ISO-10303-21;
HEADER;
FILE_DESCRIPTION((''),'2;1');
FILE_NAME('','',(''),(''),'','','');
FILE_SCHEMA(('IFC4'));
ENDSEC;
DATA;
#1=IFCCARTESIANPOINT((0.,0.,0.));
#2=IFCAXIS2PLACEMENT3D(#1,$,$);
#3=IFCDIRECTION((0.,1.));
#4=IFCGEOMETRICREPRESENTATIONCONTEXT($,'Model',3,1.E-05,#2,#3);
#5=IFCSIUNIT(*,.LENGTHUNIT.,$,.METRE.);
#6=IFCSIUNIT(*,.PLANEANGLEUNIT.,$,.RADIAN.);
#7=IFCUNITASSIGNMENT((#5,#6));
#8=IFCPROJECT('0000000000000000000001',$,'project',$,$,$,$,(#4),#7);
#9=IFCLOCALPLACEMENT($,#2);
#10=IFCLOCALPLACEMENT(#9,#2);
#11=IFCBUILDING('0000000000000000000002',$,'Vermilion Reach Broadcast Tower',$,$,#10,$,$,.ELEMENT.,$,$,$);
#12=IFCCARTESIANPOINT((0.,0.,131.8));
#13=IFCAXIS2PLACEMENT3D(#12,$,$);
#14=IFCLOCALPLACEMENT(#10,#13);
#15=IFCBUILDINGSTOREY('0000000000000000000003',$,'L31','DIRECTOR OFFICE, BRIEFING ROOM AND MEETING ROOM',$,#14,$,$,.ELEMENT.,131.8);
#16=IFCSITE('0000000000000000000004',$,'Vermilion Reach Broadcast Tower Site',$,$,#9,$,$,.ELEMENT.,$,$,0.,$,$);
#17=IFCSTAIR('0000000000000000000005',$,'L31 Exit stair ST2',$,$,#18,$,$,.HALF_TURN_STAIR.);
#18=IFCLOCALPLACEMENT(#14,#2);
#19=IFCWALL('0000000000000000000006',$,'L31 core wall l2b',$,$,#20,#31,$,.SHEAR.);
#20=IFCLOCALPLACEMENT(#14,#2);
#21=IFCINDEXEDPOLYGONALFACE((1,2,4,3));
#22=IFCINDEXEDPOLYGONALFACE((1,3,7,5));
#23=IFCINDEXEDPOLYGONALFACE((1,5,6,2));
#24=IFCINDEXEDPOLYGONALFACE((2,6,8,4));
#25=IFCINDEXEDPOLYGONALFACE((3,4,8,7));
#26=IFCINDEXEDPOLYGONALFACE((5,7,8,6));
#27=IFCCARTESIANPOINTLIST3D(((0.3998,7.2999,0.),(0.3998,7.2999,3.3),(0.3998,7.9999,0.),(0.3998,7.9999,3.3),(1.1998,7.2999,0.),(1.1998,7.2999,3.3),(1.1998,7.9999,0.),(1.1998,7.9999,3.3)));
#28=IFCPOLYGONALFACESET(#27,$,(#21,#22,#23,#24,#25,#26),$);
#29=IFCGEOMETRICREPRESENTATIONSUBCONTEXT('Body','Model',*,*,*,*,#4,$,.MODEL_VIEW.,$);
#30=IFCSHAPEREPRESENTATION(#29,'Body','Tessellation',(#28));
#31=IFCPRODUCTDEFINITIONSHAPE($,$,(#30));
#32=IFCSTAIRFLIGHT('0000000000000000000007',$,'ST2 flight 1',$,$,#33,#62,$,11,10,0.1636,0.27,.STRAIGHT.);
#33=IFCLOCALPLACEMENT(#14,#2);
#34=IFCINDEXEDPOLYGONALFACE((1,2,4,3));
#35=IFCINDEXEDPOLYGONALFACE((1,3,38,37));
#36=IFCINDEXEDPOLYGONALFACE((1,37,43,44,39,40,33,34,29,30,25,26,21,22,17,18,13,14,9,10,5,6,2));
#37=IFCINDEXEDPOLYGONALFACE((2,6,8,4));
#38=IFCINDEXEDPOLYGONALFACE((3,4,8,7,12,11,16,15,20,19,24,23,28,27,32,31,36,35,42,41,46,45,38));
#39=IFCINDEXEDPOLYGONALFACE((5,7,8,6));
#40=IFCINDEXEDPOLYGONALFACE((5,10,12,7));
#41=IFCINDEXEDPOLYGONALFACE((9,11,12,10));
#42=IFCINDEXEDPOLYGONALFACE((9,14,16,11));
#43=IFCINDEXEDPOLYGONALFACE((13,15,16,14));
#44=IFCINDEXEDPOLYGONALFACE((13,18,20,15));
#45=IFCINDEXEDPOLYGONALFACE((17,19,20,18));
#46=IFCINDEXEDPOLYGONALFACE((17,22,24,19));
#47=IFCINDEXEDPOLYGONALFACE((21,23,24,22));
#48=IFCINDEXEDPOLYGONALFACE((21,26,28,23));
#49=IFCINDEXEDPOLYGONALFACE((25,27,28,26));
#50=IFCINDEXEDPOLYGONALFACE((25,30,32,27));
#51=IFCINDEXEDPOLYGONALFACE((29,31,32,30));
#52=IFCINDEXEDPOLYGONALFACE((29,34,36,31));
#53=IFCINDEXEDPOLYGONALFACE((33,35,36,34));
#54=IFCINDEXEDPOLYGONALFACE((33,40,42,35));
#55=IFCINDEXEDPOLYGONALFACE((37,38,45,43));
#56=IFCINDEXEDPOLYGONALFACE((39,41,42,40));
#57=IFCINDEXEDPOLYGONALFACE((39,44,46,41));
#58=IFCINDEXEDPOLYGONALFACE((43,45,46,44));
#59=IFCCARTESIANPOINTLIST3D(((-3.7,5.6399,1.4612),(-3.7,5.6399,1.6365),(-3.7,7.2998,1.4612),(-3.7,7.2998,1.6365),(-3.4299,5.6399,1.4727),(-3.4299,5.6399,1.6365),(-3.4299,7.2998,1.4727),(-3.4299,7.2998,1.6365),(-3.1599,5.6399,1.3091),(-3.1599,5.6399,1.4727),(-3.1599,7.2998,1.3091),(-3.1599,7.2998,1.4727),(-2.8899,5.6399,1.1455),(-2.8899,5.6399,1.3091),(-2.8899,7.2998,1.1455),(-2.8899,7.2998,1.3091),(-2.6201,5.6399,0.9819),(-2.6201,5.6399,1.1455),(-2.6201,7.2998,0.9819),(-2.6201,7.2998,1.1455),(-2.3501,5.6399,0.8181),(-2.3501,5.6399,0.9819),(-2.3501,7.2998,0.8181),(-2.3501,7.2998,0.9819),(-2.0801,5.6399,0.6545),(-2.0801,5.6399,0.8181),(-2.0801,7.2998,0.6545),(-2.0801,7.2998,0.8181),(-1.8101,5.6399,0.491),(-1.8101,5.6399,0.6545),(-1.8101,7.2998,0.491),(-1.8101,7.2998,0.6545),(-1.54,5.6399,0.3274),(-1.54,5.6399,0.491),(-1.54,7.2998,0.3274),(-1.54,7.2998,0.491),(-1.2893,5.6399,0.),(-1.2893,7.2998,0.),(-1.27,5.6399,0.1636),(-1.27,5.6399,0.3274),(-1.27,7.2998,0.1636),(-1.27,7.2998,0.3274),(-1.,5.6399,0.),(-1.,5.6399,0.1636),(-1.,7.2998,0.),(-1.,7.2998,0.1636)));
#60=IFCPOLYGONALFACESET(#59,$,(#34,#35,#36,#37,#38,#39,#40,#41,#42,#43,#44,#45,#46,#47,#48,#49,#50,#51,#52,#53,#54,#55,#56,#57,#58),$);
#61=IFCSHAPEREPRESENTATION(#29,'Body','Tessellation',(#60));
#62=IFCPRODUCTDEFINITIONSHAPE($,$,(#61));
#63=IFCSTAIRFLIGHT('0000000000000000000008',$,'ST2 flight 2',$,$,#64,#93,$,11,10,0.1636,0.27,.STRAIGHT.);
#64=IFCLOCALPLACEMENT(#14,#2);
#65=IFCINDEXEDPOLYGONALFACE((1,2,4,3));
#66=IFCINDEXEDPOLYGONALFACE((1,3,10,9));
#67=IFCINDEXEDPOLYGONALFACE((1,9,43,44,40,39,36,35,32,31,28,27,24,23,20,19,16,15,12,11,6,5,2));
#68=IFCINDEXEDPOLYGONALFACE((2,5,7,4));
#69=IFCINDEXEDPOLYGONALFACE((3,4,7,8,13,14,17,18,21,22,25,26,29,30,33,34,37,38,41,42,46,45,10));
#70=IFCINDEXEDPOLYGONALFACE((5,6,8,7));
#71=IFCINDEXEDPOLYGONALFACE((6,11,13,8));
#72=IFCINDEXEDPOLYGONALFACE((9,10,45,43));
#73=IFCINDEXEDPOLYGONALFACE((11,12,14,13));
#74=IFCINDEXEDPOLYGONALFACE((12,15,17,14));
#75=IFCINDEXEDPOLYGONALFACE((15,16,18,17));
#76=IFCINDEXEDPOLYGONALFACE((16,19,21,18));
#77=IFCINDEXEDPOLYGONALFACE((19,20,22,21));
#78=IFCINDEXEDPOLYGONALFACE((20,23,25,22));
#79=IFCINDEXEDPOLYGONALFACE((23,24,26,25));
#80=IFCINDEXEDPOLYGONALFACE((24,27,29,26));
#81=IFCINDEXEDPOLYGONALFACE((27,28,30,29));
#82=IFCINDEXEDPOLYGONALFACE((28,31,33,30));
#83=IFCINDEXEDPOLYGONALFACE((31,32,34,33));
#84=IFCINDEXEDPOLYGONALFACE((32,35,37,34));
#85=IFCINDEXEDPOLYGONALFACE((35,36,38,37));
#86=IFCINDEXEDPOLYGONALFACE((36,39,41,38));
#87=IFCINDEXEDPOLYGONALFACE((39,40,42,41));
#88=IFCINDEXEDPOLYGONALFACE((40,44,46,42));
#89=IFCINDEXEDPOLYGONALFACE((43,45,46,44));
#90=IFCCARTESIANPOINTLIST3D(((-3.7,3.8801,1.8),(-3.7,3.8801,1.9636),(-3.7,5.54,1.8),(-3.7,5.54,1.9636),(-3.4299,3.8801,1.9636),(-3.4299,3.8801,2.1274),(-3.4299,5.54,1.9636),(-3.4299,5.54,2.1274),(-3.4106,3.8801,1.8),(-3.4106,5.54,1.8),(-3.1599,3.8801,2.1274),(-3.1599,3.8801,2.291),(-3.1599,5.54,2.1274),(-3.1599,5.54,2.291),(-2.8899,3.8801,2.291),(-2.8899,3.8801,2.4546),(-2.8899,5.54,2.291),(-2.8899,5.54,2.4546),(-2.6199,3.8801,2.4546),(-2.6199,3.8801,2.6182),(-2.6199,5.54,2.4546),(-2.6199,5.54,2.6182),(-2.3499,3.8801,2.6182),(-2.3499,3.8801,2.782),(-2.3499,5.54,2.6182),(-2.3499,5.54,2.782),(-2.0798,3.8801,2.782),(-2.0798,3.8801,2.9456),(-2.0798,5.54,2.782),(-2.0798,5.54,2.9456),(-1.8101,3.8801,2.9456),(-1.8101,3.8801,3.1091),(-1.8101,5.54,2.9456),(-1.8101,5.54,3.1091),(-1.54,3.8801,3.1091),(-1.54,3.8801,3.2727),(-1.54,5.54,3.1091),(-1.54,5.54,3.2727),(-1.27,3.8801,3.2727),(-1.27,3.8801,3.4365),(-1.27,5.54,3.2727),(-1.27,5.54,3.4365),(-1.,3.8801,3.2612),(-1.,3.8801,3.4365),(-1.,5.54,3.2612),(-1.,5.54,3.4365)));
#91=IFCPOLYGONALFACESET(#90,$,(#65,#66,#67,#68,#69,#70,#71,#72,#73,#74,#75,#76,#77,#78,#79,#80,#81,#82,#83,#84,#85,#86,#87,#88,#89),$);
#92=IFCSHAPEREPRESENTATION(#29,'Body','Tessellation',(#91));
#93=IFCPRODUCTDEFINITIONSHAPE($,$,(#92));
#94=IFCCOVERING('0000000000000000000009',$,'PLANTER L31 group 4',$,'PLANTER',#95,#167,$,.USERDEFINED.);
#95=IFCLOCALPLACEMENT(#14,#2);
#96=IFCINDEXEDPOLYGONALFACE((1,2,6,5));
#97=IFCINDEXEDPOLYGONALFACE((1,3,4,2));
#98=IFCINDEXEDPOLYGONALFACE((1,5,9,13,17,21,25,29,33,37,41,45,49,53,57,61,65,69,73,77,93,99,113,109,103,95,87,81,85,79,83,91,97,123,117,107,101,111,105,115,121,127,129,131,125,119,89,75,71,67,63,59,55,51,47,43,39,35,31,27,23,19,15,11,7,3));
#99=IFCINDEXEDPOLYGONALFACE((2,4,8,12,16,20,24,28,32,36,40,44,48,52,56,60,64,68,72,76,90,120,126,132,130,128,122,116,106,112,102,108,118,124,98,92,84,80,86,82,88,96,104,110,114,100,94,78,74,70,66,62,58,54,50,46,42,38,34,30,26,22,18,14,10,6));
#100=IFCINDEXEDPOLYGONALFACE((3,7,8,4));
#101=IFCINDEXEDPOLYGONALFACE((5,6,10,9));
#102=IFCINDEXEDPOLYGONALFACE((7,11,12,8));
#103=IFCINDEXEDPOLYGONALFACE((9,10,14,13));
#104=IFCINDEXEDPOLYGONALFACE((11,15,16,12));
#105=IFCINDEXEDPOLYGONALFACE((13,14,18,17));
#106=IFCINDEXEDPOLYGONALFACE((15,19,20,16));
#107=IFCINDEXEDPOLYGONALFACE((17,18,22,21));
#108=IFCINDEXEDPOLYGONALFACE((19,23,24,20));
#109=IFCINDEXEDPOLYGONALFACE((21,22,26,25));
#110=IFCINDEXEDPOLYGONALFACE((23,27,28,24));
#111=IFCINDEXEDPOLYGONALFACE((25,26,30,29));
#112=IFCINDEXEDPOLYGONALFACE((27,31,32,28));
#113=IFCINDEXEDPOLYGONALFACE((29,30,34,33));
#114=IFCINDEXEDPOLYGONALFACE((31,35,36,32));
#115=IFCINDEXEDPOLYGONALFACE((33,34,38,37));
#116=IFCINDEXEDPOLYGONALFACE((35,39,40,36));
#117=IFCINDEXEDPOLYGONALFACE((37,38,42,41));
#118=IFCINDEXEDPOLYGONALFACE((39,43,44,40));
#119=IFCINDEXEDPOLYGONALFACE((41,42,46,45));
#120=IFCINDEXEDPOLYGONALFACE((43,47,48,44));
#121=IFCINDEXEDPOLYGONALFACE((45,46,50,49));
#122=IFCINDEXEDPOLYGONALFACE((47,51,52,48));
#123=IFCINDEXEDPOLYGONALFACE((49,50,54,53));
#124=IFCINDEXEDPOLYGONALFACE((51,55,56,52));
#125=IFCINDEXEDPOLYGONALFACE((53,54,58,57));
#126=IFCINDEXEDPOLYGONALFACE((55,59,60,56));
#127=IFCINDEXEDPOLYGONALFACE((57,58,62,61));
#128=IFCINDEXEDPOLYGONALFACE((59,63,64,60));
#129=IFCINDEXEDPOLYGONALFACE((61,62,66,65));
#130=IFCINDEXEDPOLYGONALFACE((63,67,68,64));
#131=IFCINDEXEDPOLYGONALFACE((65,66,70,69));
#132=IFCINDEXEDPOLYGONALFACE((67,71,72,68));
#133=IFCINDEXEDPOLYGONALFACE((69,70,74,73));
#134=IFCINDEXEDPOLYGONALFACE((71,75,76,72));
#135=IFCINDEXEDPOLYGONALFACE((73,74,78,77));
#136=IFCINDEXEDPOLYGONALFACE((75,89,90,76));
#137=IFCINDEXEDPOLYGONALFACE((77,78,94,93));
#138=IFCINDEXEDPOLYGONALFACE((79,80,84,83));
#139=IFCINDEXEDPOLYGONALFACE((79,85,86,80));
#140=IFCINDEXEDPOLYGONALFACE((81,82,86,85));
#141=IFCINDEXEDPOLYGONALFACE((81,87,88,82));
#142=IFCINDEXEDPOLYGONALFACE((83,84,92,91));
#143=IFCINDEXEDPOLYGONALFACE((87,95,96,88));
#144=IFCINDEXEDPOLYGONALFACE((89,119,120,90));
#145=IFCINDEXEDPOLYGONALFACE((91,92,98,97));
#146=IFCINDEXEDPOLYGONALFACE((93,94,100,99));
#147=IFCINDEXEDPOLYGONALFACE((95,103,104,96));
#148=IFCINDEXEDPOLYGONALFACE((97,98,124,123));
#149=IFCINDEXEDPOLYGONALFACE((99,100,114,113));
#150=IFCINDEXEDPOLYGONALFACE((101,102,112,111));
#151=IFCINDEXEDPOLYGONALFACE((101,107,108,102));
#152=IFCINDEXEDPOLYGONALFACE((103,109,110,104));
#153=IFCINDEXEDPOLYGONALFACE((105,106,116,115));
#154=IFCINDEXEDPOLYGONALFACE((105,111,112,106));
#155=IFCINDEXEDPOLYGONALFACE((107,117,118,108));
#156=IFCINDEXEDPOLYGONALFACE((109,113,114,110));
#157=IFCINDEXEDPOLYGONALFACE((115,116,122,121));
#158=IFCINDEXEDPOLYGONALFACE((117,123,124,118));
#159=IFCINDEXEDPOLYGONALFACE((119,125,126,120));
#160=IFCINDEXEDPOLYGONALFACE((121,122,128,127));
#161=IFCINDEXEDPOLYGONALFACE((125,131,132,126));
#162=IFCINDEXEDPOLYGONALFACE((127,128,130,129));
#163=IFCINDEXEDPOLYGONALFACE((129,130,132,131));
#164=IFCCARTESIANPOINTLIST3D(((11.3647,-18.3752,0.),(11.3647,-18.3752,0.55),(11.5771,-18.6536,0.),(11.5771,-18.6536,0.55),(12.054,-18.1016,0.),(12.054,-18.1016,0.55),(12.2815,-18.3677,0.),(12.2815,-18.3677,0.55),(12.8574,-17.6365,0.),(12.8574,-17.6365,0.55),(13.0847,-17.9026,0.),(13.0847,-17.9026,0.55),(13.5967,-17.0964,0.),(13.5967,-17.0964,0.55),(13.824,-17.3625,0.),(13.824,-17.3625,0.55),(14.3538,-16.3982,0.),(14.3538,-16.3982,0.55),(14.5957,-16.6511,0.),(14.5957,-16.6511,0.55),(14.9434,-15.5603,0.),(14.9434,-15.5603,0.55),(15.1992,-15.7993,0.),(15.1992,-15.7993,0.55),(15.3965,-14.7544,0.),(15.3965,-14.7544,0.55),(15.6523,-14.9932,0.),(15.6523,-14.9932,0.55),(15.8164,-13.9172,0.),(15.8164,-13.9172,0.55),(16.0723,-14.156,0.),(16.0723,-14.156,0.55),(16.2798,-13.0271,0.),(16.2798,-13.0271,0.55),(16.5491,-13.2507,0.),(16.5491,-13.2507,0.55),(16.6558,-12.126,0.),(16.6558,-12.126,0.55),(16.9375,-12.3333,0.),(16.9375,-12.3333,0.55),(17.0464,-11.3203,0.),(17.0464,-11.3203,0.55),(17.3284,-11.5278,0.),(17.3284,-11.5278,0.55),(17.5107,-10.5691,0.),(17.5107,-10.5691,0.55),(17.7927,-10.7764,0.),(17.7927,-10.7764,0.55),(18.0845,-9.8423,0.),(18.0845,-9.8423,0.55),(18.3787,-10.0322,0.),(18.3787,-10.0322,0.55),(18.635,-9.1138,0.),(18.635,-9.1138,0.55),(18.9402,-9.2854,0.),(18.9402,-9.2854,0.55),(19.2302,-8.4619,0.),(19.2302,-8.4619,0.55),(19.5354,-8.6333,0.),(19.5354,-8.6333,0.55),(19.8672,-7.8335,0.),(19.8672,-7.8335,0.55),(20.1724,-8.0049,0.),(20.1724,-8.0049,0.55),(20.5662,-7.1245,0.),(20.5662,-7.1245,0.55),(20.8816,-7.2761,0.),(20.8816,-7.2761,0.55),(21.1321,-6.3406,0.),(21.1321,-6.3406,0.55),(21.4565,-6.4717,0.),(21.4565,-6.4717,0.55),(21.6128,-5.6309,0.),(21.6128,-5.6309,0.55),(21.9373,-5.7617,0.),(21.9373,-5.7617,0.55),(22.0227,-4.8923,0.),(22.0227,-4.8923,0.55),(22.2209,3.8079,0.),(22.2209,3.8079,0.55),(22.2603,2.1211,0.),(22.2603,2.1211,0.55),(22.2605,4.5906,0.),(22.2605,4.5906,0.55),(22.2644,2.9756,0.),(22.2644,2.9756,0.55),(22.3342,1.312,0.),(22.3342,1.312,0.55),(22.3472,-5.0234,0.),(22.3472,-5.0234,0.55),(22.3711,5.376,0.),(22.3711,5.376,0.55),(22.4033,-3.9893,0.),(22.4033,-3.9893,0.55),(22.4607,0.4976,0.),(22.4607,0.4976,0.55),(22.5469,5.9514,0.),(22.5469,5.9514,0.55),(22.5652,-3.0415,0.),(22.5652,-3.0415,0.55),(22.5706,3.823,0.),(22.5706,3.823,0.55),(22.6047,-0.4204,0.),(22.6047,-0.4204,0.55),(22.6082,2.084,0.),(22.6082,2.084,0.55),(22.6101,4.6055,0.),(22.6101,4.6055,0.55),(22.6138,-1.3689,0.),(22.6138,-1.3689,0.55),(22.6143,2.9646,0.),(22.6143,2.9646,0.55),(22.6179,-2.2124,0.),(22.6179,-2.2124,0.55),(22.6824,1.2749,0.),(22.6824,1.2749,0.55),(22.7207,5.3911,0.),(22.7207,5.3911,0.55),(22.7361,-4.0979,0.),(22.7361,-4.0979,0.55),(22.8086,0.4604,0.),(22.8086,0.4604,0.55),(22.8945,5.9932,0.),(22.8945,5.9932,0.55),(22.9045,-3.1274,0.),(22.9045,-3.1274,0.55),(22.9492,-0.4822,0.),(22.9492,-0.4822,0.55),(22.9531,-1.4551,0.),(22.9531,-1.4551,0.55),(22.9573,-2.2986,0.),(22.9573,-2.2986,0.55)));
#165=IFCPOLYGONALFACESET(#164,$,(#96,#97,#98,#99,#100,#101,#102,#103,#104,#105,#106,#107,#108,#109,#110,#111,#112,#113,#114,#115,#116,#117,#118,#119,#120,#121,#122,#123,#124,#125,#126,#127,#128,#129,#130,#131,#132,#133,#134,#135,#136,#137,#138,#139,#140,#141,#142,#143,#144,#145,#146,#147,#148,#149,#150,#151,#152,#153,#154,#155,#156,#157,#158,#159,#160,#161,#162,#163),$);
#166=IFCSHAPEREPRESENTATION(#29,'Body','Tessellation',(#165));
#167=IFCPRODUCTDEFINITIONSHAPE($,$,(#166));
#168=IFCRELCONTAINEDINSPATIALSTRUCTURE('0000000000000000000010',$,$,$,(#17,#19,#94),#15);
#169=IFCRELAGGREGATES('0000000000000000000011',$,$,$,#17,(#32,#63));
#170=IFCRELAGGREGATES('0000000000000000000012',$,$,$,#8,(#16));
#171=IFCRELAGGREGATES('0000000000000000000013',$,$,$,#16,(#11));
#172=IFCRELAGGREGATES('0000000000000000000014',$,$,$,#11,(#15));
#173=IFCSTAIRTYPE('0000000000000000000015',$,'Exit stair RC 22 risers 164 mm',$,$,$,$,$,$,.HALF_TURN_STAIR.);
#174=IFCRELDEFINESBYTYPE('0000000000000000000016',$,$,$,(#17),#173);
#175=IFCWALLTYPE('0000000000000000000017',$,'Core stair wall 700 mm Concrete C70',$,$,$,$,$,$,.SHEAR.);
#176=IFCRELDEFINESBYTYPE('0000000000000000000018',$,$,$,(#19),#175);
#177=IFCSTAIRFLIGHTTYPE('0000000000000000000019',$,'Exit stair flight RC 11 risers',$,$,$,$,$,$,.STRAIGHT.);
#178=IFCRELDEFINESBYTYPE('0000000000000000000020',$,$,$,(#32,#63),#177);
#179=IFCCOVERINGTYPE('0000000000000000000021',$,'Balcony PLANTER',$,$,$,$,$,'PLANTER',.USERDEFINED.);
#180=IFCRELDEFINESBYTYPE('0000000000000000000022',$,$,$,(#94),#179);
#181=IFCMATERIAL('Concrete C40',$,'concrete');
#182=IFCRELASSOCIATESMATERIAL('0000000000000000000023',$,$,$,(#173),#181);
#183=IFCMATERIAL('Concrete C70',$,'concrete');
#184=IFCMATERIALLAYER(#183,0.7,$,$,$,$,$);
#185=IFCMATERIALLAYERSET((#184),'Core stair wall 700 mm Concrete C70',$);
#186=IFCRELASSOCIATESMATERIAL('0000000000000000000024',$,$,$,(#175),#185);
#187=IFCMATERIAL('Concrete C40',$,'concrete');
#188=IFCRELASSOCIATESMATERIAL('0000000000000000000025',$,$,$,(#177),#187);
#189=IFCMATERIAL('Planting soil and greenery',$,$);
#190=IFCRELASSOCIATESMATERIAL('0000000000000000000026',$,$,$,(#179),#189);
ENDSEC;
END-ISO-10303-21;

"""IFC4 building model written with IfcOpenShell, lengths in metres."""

from ifc_helpers import new_model, si_unit, direction, frame, frame_2d, origin, place, context, subcontext, project, spatial, polyline, rectangle, outline, extrude, material, layer, layer_set, type_object, element, aggregate, save


model = new_model("IFC4")

# Units and contexts
model_context = context("Model", 3, precision=1e-05, world=origin(), true_north=direction((0.0, 1.0)))
body_context = subcontext(model_context, "Body", "Model", "MODEL_VIEW")
ifc_project = project(units=[si_unit("LENGTHUNIT", "METRE"), si_unit("PLANEANGLEUNIT", "RADIAN")], contexts=[model_context])

# Site, building, storey
site_placement = place(None, origin())
site = spatial("IfcSite", under=ifc_project, at=site_placement, Name="Vermilion Reach Broadcast Tower Site", CompositionType="ELEMENT", RefElevation=0.0)
building_placement = place(site_placement, origin())
building = spatial("IfcBuilding", under=site, at=building_placement, Name="Vermilion Reach Broadcast Tower", CompositionType="ELEMENT")
storey_placement = place(building_placement, frame((0.0, 0.0, 131.8)))
storey = spatial("IfcBuildingStorey", under=building, at=storey_placement, Name="L31", Description="DIRECTOR OFFICE, BRIEFING ROOM AND MEETING ROOM", CompositionType="ELEMENT", Elevation=131.8)

# Stair
ifc_material_1 = material(Name="Concrete C40", Category="concrete")
stair_type = type_object("IfcStairType", Name="Exit stair RC 22 risers 164 mm", PredefinedType="HALF_TURN_STAIR", material=ifc_material_1)
placement_1 = place(storey_placement, origin())
stair_1 = element("IfcStair", 1, at=placement_1, inside=storey, type_object=stair_type, Name="L31 Exit stair ST2", PredefinedType="HALF_TURN_STAIR")

# Wall
ifc_material_2 = material(Name="Concrete C70", Category="concrete")
ifc_layer_1 = layer(ifc_material_2, 0.7)
ifc_layer_set_1 = layer_set([ifc_layer_1], Name="Core stair wall 700 mm Concrete C70")
wall_type_1 = type_object("IfcWallType", Name="Core stair wall 700 mm Concrete C70", PredefinedType="SHEAR", material=ifc_layer_set_1)
wall_1_placement = place(storey_placement, frame((0.3999, 7.6499, 0.0), z_axis=(0.0, 0.0, 1.0), x_axis=(1.0, 0.0, 0.0)))
element("IfcWall", 2, at=wall_1_placement, inside=storey, type_object=wall_type_1, Name="L31 core wall l2b", PredefinedType="SHEAR", context=body_context, shape_type="SweptSolid", body=[
    extrude(rectangle(XDim=0.8, YDim=0.7, at=frame_2d((0.3999, 0.0))), origin(), (0.0, 0.0, 1.0), 3.3),
])

# Stair flights
ifc_material_3 = material(Name="Concrete C40", Category="concrete")
stair_flight_type = type_object("IfcStairFlightType", Name="Exit stair flight RC 11 risers", PredefinedType="STRAIGHT", material=ifc_material_3)
stair_flight_1_placement = place(storey_placement, frame((-1.0, 6.47, 0.0), z_axis=(0.0, 0.0, 1.0), x_axis=(-1.0, 0.0, 0.0)))
stair_flight_1 = element("IfcStairFlight", 3, at=stair_flight_1_placement, type_object=stair_flight_type, Name="ST2 flight 1", NumberOfRisers=11, NumberOfTreads=10, PredefinedType="STRAIGHT", RiserHeight=0.1636, TreadLength=0.27, context=body_context, shape_type="SweptSolid", body=[
    extrude(outline(polyline([(0.0, 0.0), (0.0, 0.1636), (0.27, 0.1636), (0.27, 0.3274), (0.54, 0.3274), (0.54, 0.491), (0.8101, 0.491), (0.8101, 0.6545), (1.0801, 0.6545), (1.0801, 0.8181), (1.3501, 0.8181), (1.3501, 0.9819), (1.6201, 0.9819), (1.6201, 1.1455), (1.8899, 1.1455), (1.8899, 1.3091), (2.1599, 1.3091), (2.1599, 1.4727), (2.4299, 1.4727), (2.4299, 1.6365), (2.7, 1.6365), (2.7, 1.8), (2.7, 1.4612), (0.2893, 0.0), (0.0, 0.0)])), frame((0.0, 0.8301, 0.0), z_axis=(0.0, -1.0, 0.0), x_axis=(1.0, 0.0, 0.0)), (0.0, 0.0, 1.0), 1.6599),
])
stair_flight_2_placement = place(storey_placement, frame((-3.7, 4.71, 1.8), z_axis=(0.0, 0.0, 1.0), x_axis=(1.0, 0.0, 0.0)))
stair_flight_2 = element("IfcStairFlight", 4, at=stair_flight_2_placement, type_object=stair_flight_type, Name="ST2 flight 2", NumberOfRisers=11, NumberOfTreads=10, PredefinedType="STRAIGHT", RiserHeight=0.1636, TreadLength=0.27, context=body_context, shape_type="SweptSolid", body=[
    extrude(outline(polyline([(0.0, 0.0), (0.0, 0.1636), (0.27, 0.1636), (0.27, 0.3274), (0.54, 0.3274), (0.54, 0.491), (0.8101, 0.491), (0.8101, 0.6545), (1.0801, 0.6545), (1.0801, 0.8181), (1.3501, 0.8181), (1.3501, 0.9819), (1.6201, 0.9819), (1.6201, 1.1455), (1.8899, 1.1455), (1.8899, 1.3091), (2.1599, 1.3091), (2.1599, 1.4727), (2.4299, 1.4727), (2.4299, 1.6365), (2.7, 1.6365), (2.7, 1.8), (2.7, 1.4612), (0.2893, 0.0), (0.0, 0.0)])), frame((0.0, 0.8301, 0.0), z_axis=(0.0, -1.0, 0.0), x_axis=(1.0, 0.0, 0.0)), (0.0, 0.0, 1.0), 1.6599),
])
aggregate(stair_1, [stair_flight_1, stair_flight_2])

# Covering
ifc_material_4 = material(Name="Planting soil and greenery")
covering_type = type_object("IfcCoveringType", Name="Balcony PLANTER", ElementType="PLANTER", PredefinedType="USERDEFINED", material=ifc_material_4)
element("IfcCovering", 5, at=placement_1, inside=storey, type_object=covering_type, Name="PLANTER L31 group 4", ObjectType="PLANTER", PredefinedType="USERDEFINED", context=body_context, shape_type="SweptSolid", body=[
    extrude(outline(polyline([(11.5771, -18.6536), (12.2815, -18.3677), (13.0847, -17.9026), (13.824, -17.3625), (14.5957, -16.6511), (15.1992, -15.7993), (15.6523, -14.9932), (16.0723, -14.156), (16.5491, -13.2507), (16.9375, -12.3333), (17.3284, -11.5278), (17.7927, -10.7764), (18.3787, -10.0322), (18.9402, -9.2854), (19.5354, -8.6333), (20.1724, -8.0049), (20.8816, -7.2761), (21.4565, -6.4717), (21.9373, -5.7617), (22.3472, -5.0234), (22.7361, -4.0979), (22.9045, -3.1274), (22.9573, -2.2986), (22.9531, -1.4551), (22.9492, -0.4822), (22.8086, 0.4604), (22.6824, 1.2749), (22.6082, 2.084), (22.6143, 2.9646), (22.5706, 3.823), (22.6101, 4.6055), (22.7207, 5.3911), (22.8945, 5.9932), (22.5469, 5.9514), (22.3711, 5.376), (22.2605, 4.5906), (22.2209, 3.8079), (22.2644, 2.9756), (22.2603, 2.1211), (22.3342, 1.312), (22.4607, 0.4976), (22.6047, -0.4204), (22.6138, -1.3689), (22.6179, -2.2124), (22.5652, -3.0415), (22.4033, -3.9893), (22.0227, -4.8923), (21.6128, -5.6309), (21.1321, -6.3406), (20.5662, -7.1245), (19.8672, -7.8335), (19.2302, -8.4619), (18.635, -9.1138), (18.0845, -9.8423), (17.5107, -10.5691), (17.0464, -11.3203), (16.6558, -12.126), (16.2798, -13.0271), (15.8164, -13.9172), (15.3965, -14.7544), (14.9434, -15.5603), (14.3538, -16.3982), (13.5967, -17.0964), (12.8574, -17.6365), (12.054, -18.1016), (11.3647, -18.3752), (11.5771, -18.6536)])), origin(), (0.0, 0.0, 1.0), 0.55),
])

save(model, "model.ifc")
